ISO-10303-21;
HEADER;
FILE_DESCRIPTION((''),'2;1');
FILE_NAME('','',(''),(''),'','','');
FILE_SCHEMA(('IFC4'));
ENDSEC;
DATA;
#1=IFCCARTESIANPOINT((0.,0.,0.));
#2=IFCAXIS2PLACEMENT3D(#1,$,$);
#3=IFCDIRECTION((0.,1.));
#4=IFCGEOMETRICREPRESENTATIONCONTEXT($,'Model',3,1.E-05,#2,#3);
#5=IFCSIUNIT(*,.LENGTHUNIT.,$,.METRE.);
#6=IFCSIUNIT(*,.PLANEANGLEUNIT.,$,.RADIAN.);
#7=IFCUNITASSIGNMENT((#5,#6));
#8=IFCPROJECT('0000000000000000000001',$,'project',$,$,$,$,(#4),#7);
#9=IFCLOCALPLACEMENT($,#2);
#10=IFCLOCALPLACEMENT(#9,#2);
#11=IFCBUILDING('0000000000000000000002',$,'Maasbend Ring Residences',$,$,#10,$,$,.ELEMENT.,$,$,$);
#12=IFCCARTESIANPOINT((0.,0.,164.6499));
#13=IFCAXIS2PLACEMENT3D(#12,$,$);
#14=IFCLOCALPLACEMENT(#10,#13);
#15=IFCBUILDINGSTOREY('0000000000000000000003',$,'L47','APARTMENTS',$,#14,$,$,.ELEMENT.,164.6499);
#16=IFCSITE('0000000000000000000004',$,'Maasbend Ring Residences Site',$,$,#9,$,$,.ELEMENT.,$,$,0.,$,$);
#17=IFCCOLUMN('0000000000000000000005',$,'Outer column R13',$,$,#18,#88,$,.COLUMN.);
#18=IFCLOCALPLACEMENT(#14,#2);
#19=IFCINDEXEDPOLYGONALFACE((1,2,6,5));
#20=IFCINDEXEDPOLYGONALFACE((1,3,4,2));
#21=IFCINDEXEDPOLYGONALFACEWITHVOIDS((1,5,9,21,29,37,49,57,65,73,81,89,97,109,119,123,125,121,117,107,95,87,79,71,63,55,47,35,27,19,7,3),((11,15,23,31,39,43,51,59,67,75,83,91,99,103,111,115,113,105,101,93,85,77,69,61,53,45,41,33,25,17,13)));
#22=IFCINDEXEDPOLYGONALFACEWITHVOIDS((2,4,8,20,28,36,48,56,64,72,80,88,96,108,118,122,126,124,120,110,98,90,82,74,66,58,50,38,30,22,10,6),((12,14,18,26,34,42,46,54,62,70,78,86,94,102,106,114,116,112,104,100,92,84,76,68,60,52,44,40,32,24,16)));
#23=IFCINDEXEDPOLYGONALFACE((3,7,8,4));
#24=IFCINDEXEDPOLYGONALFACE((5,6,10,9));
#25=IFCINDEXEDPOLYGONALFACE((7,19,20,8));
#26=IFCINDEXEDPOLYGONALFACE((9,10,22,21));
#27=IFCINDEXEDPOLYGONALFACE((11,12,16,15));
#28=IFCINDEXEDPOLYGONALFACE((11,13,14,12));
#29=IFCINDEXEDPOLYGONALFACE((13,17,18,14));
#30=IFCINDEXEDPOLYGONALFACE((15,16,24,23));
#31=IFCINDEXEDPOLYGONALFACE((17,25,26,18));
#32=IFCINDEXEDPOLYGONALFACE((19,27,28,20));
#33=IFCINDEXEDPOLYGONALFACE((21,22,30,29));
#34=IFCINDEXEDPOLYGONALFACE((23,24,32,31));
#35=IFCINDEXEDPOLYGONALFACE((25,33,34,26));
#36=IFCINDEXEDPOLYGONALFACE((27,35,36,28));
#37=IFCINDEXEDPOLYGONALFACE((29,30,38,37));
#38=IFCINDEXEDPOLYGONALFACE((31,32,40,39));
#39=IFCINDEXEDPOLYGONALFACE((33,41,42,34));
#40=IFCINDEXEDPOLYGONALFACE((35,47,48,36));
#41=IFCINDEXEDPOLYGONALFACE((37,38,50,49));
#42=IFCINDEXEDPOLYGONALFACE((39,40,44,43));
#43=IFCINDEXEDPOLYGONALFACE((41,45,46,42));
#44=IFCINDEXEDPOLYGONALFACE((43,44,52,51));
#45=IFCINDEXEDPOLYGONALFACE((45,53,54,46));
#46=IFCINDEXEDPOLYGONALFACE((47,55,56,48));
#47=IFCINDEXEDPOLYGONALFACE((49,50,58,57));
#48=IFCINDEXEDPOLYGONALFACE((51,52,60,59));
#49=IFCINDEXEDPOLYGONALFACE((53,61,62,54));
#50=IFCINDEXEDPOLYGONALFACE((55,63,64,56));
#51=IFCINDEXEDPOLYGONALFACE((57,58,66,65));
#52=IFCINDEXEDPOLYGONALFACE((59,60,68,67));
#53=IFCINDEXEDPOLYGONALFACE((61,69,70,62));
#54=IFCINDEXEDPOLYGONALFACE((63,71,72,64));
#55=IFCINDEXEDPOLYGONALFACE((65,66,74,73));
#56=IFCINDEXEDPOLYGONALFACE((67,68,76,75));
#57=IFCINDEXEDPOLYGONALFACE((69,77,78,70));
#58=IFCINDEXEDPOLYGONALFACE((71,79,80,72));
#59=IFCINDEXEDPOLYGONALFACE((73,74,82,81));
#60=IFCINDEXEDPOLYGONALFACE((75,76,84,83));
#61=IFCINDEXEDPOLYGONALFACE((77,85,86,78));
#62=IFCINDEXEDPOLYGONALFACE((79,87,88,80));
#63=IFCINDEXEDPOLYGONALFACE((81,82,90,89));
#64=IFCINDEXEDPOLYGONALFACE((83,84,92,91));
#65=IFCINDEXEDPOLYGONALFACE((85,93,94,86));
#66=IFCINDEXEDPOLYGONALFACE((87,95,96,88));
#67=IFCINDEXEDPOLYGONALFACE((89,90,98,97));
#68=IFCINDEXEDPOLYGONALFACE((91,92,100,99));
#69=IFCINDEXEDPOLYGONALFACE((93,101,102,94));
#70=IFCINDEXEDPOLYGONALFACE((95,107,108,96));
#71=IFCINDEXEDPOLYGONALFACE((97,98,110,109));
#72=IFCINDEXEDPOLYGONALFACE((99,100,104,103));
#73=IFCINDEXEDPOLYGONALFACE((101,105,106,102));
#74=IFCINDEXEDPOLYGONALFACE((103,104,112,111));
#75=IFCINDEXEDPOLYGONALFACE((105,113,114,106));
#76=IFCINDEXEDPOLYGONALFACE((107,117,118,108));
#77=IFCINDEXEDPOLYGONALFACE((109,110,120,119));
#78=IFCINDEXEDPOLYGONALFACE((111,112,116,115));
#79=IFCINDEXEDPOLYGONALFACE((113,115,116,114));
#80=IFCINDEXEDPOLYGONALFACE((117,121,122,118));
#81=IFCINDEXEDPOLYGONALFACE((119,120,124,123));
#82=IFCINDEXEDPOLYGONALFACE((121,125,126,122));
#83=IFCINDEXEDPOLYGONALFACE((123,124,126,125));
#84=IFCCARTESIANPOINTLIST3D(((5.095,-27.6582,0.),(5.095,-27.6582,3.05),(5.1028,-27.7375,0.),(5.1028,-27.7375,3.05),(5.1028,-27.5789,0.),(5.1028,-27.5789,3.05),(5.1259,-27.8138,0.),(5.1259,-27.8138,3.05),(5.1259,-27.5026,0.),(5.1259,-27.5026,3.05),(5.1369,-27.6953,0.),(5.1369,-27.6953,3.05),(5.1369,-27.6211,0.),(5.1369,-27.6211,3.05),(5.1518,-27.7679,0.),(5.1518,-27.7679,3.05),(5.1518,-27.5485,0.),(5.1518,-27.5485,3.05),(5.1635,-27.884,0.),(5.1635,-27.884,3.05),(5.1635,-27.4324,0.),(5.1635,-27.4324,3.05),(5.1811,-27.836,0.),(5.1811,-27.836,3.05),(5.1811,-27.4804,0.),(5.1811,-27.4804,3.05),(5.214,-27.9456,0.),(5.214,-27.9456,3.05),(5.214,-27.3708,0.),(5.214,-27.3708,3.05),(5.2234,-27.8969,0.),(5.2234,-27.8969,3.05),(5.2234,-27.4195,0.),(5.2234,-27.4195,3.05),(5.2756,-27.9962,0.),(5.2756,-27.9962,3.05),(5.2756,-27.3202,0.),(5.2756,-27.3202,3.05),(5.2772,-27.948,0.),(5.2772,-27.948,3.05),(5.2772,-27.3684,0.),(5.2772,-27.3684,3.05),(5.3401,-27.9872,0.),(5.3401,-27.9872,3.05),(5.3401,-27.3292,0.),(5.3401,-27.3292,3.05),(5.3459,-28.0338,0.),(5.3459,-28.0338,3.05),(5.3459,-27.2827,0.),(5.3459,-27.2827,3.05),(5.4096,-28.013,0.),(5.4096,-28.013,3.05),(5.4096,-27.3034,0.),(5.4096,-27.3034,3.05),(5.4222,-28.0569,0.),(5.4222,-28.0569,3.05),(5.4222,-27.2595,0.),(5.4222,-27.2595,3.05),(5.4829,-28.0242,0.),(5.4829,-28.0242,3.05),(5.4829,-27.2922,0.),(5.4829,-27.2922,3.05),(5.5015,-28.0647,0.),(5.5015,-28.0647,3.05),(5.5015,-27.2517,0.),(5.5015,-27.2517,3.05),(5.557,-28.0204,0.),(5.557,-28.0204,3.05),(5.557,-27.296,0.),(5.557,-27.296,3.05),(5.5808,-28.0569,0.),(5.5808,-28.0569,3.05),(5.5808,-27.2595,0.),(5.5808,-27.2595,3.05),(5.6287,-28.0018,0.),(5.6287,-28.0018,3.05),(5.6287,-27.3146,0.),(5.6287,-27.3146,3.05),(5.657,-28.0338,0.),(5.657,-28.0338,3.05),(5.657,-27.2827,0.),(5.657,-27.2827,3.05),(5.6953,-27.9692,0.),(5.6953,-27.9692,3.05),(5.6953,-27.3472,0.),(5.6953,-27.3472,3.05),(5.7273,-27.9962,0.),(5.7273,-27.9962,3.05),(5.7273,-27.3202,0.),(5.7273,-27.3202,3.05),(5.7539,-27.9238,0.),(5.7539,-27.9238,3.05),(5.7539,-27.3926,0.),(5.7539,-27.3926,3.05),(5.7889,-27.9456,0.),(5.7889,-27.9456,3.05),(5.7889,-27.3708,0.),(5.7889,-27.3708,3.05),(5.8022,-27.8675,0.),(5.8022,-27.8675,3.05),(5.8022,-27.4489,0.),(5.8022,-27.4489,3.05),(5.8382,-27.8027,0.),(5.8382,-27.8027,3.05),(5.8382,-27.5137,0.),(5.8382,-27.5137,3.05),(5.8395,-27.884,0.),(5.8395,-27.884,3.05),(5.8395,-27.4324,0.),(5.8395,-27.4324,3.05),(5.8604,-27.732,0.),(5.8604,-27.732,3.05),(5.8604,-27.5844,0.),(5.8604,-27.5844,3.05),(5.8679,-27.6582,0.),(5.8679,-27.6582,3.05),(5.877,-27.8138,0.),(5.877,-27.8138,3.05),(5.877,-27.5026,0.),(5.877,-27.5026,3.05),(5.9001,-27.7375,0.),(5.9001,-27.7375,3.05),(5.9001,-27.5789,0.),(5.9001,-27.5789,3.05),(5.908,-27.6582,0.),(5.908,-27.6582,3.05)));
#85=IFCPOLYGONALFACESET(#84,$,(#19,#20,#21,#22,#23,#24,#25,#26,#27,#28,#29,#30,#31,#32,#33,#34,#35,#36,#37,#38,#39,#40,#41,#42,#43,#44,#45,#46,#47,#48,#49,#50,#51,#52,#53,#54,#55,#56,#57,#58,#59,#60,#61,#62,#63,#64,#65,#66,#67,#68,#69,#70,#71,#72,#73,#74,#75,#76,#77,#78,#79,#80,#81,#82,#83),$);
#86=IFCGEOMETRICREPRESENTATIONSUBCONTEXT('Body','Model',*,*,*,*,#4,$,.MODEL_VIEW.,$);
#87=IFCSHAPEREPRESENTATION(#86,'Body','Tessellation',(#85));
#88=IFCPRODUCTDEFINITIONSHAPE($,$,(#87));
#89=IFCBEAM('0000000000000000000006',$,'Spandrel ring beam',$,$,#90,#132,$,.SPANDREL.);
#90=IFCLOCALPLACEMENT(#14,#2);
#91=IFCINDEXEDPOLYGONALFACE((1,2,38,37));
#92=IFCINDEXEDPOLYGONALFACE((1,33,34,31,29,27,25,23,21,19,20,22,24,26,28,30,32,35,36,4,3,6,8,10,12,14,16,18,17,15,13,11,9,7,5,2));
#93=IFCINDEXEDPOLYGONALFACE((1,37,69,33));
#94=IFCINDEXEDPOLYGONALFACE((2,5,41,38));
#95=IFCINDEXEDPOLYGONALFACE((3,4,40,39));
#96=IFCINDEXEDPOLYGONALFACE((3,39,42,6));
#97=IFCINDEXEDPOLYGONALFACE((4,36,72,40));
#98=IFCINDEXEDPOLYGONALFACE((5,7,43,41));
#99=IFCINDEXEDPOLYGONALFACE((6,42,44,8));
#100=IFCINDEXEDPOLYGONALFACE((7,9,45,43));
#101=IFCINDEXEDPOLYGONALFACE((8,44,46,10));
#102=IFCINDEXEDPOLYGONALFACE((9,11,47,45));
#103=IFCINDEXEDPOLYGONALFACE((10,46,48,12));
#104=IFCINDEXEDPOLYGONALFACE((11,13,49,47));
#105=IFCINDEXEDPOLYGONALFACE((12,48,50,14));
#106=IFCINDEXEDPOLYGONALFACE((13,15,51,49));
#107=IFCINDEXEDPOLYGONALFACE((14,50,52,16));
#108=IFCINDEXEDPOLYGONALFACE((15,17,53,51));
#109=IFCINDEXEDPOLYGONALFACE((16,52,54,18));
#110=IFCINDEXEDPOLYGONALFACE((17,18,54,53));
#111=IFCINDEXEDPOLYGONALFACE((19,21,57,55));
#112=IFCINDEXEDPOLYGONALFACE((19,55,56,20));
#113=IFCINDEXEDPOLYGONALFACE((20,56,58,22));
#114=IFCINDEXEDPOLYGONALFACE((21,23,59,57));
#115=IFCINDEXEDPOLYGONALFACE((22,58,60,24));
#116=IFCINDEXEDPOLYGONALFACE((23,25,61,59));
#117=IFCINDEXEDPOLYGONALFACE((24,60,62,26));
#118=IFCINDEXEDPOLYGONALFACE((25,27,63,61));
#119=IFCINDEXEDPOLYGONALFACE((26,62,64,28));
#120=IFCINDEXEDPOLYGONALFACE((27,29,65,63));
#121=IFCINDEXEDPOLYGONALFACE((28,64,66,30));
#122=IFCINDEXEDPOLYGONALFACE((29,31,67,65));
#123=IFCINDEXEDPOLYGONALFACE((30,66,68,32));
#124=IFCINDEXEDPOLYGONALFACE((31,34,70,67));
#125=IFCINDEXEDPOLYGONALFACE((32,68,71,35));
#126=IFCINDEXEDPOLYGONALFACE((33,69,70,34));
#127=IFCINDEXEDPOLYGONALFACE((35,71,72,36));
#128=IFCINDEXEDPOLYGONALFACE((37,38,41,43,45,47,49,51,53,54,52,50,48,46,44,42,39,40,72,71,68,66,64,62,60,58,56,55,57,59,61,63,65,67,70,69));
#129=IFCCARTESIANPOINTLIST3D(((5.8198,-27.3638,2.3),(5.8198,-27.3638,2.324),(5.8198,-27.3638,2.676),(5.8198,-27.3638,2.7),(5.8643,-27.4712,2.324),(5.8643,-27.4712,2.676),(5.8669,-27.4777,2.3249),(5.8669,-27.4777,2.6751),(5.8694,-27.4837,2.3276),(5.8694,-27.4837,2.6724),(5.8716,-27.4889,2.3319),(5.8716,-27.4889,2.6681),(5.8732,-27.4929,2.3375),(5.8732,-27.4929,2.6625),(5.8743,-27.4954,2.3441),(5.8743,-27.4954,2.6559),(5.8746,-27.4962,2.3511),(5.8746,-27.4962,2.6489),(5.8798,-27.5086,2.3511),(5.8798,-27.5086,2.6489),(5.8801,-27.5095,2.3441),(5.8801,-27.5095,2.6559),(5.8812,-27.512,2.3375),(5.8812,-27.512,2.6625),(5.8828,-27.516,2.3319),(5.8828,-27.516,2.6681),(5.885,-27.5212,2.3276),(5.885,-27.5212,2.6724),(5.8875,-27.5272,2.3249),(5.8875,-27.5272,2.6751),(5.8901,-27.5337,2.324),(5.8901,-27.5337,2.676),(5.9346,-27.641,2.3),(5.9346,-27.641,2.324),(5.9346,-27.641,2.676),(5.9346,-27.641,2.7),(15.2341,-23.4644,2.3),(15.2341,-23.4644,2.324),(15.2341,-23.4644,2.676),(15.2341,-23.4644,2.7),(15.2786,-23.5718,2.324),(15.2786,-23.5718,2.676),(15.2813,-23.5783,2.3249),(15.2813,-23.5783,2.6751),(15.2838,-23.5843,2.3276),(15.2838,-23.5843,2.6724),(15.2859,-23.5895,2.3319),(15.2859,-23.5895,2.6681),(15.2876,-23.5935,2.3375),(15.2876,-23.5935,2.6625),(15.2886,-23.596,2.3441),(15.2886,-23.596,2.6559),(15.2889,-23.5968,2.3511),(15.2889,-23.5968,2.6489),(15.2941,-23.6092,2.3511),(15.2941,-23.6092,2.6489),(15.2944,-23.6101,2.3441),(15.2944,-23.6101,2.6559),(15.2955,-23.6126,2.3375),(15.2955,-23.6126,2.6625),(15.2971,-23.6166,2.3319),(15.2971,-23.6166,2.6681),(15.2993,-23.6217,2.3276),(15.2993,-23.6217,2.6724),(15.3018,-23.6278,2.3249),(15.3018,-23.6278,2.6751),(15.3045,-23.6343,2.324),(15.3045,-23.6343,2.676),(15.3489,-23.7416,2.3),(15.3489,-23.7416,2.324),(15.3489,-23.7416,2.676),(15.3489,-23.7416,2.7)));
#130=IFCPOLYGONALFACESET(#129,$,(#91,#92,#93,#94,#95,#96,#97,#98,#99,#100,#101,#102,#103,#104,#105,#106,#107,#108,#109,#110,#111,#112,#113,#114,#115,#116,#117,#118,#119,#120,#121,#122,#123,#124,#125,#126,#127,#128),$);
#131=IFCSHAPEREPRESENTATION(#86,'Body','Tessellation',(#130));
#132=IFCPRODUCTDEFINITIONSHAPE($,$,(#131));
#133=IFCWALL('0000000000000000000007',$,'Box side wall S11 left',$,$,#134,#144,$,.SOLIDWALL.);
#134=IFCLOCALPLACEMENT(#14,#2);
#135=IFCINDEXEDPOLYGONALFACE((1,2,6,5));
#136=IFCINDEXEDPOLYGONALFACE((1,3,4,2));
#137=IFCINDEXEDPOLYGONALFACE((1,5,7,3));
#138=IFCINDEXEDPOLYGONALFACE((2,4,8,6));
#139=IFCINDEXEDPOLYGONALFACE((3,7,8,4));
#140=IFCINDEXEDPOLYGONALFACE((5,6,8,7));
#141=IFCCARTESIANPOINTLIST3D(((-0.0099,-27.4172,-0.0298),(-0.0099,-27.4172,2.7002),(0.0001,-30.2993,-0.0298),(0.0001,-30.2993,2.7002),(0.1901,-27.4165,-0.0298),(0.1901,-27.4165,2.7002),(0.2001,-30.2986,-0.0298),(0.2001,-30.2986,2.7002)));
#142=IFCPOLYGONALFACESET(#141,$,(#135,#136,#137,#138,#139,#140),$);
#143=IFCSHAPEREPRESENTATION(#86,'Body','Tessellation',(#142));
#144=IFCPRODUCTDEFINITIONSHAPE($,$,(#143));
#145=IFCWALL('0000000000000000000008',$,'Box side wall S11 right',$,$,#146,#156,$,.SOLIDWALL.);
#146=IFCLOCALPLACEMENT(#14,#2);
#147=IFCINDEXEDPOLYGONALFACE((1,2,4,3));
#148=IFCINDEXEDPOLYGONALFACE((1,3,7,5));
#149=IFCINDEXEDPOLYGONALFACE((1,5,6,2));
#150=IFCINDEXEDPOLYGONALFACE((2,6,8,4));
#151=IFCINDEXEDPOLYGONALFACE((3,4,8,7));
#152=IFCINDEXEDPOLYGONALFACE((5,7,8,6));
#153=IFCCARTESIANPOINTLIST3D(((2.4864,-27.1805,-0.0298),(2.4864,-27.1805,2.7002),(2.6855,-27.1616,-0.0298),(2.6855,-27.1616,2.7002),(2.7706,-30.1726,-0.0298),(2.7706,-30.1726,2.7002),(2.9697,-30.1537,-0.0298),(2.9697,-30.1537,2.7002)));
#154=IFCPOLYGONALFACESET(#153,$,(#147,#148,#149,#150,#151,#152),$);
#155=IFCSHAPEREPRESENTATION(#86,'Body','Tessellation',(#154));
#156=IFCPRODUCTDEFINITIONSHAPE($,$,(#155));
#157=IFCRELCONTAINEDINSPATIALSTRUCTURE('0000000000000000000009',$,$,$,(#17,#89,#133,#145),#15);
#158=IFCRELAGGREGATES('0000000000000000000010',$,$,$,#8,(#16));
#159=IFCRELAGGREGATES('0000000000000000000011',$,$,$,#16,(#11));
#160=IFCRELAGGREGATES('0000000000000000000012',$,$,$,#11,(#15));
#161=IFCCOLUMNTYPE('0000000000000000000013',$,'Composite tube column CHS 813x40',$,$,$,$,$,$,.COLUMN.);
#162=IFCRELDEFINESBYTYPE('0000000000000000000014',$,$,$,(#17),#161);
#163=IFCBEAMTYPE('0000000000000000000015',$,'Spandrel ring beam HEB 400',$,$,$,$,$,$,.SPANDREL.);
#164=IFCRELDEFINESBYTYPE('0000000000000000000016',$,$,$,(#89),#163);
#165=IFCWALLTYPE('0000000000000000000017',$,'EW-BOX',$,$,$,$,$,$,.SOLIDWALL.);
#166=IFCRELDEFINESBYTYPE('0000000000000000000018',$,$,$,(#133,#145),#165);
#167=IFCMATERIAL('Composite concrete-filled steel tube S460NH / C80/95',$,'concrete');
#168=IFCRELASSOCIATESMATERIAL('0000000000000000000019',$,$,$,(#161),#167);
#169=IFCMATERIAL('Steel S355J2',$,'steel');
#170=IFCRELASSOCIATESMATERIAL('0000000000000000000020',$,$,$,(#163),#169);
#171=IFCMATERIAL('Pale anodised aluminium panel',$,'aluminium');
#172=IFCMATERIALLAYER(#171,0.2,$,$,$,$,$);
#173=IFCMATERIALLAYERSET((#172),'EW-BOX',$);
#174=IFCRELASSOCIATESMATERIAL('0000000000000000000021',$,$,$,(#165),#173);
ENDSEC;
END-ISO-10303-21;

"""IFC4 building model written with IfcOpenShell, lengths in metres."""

from ifc_helpers import new_model, si_unit, direction, frame, frame_2d, origin, origin_2d, place, context, subcontext, project, spatial, rectangle, hollow_circle, i_section, extrude, material, layer, layer_set, material_profile, profile_set, type_object, element, save


model = new_model("IFC4")

# Units and contexts
model_context = context("Model", 3, precision=1e-05, world=origin(), true_north=direction((0.0, 1.0)))
body_context = subcontext(model_context, "Body", "Model", "MODEL_VIEW")
ifc_project = project(units=[si_unit("LENGTHUNIT", "METRE"), si_unit("PLANEANGLEUNIT", "RADIAN")], contexts=[model_context])

# Site, building, storey
site_placement = place(None, origin())
site = spatial("IfcSite", under=ifc_project, at=site_placement, Name="Maasbend Ring Residences Site", CompositionType="ELEMENT", RefElevation=0.0)
building_placement = place(site_placement, origin())
building = spatial("IfcBuilding", under=site, at=building_placement, Name="Maasbend Ring Residences", CompositionType="ELEMENT")
storey_placement = place(building_placement, frame((0.0, 0.0, 164.6499)))
storey = spatial("IfcBuildingStorey", under=building, at=storey_placement, Name="L47", Description="APARTMENTS", CompositionType="ELEMENT", Elevation=164.6499)

# Column
ifc_material_1 = material(Name="Composite concrete-filled steel tube S460NH / C80/95", Category="concrete")
ifc_material_profile_1 = material_profile(ifc_material_1, hollow_circle(Radius=0.4065, WallThickness=0.04, at=origin_2d()), Name="Composite tube column CHS 813x40")
ifc_profile_set_1 = profile_set([ifc_material_profile_1], Name="Composite concrete-filled steel tube S460NH / C80/95")
column_type = type_object("IfcColumnType", Name="Composite tube column CHS 813x40", PredefinedType="COLUMN", material=ifc_profile_set_1)
column_placement = place(storey_placement, frame((5.5015, -27.6582, 0.0), z_axis=(0.0, 0.0, 1.0), x_axis=(1.0, 0.0, 0.0)))
element("IfcColumn", 1, at=column_placement, inside=storey, type_object=column_type, Name="Outer column R13", PredefinedType="COLUMN", context=body_context, shape_type="SweptSolid", body=[
    extrude(hollow_circle(Radius=0.4065, WallThickness=0.04, at=origin_2d()), origin(), (0.0, 0.0, 1.0), 3.05),
])

# Beam
ifc_material_2 = material(Name="Steel S355J2", Category="steel")
ifc_material_profile_2 = material_profile(ifc_material_2, i_section(OverallWidth=0.3, OverallDepth=0.3999, WebThickness=0.0134, FlangeThickness=0.0239, FilletRadius=0.0271, at=origin_2d()), Name="HEB 400")
ifc_profile_set_2 = profile_set([ifc_material_profile_2], Name="Steel S355J2")
beam_type = type_object("IfcBeamType", Name="Spandrel ring beam HEB 400", PredefinedType="SPANDREL", material=ifc_profile_set_2)
beam_placement = place(storey_placement, frame((5.8772, -27.5024, 2.5), z_axis=(0.923884, 0.382673, 0.0), x_axis=(-0.382673, 0.923884, 0.0)))
element("IfcBeam", 2, at=beam_placement, inside=storey, type_object=beam_type, Name="Spandrel ring beam", PredefinedType="SPANDREL", context=body_context, shape_type="SweptSolid", body=[
    extrude(i_section(OverallWidth=0.3, OverallDepth=0.3999, WebThickness=0.0134, FlangeThickness=0.0239, FilletRadius=0.0271, at=origin_2d()), origin(), (0.0, 0.0, 1.0), 10.1899),
])

# Walls
ifc_material_3 = material(Name="Pale anodised aluminium panel", Category="aluminium")
ifc_layer_1 = layer(ifc_material_3, 0.2)
ifc_layer_set_1 = layer_set([ifc_layer_1], Name="EW-BOX")
wall_type_1 = type_object("IfcWallType", Name="EW-BOX", PredefinedType="SOLIDWALL", material=ifc_layer_set_1)
wall_1_placement = place(storey_placement, frame((0.0901, -27.417, -0.0298), z_axis=(0.0, 0.0, 1.0), x_axis=(0.003473, -0.999994, 0.0)))
element("IfcWall", 3, at=wall_1_placement, inside=storey, type_object=wall_type_1, Name="Box side wall S11 left", PredefinedType="SOLIDWALL", context=body_context, shape_type="SweptSolid", body=[
    extrude(rectangle(XDim=2.8821, YDim=0.2, at=frame_2d((1.4409, 0.0))), origin(), (0.0, 0.0, 1.0), 2.73),
])
wall_2_placement = place(storey_placement, frame((2.5859, -27.1709, -0.0298), z_axis=(0.0, 0.0, 1.0), x_axis=(0.094548, -0.99552, 0.0)))
element("IfcWall", 4, at=wall_2_placement, inside=storey, type_object=wall_type_1, Name="Box side wall S11 right", PredefinedType="SOLIDWALL", context=body_context, shape_type="SweptSolid", body=[
    extrude(rectangle(XDim=3.0056, YDim=0.2, at=frame_2d((1.5029, 0.0))), origin(), (0.0, 0.0, 1.0), 2.73),
])

save(model, "model.ifc")
